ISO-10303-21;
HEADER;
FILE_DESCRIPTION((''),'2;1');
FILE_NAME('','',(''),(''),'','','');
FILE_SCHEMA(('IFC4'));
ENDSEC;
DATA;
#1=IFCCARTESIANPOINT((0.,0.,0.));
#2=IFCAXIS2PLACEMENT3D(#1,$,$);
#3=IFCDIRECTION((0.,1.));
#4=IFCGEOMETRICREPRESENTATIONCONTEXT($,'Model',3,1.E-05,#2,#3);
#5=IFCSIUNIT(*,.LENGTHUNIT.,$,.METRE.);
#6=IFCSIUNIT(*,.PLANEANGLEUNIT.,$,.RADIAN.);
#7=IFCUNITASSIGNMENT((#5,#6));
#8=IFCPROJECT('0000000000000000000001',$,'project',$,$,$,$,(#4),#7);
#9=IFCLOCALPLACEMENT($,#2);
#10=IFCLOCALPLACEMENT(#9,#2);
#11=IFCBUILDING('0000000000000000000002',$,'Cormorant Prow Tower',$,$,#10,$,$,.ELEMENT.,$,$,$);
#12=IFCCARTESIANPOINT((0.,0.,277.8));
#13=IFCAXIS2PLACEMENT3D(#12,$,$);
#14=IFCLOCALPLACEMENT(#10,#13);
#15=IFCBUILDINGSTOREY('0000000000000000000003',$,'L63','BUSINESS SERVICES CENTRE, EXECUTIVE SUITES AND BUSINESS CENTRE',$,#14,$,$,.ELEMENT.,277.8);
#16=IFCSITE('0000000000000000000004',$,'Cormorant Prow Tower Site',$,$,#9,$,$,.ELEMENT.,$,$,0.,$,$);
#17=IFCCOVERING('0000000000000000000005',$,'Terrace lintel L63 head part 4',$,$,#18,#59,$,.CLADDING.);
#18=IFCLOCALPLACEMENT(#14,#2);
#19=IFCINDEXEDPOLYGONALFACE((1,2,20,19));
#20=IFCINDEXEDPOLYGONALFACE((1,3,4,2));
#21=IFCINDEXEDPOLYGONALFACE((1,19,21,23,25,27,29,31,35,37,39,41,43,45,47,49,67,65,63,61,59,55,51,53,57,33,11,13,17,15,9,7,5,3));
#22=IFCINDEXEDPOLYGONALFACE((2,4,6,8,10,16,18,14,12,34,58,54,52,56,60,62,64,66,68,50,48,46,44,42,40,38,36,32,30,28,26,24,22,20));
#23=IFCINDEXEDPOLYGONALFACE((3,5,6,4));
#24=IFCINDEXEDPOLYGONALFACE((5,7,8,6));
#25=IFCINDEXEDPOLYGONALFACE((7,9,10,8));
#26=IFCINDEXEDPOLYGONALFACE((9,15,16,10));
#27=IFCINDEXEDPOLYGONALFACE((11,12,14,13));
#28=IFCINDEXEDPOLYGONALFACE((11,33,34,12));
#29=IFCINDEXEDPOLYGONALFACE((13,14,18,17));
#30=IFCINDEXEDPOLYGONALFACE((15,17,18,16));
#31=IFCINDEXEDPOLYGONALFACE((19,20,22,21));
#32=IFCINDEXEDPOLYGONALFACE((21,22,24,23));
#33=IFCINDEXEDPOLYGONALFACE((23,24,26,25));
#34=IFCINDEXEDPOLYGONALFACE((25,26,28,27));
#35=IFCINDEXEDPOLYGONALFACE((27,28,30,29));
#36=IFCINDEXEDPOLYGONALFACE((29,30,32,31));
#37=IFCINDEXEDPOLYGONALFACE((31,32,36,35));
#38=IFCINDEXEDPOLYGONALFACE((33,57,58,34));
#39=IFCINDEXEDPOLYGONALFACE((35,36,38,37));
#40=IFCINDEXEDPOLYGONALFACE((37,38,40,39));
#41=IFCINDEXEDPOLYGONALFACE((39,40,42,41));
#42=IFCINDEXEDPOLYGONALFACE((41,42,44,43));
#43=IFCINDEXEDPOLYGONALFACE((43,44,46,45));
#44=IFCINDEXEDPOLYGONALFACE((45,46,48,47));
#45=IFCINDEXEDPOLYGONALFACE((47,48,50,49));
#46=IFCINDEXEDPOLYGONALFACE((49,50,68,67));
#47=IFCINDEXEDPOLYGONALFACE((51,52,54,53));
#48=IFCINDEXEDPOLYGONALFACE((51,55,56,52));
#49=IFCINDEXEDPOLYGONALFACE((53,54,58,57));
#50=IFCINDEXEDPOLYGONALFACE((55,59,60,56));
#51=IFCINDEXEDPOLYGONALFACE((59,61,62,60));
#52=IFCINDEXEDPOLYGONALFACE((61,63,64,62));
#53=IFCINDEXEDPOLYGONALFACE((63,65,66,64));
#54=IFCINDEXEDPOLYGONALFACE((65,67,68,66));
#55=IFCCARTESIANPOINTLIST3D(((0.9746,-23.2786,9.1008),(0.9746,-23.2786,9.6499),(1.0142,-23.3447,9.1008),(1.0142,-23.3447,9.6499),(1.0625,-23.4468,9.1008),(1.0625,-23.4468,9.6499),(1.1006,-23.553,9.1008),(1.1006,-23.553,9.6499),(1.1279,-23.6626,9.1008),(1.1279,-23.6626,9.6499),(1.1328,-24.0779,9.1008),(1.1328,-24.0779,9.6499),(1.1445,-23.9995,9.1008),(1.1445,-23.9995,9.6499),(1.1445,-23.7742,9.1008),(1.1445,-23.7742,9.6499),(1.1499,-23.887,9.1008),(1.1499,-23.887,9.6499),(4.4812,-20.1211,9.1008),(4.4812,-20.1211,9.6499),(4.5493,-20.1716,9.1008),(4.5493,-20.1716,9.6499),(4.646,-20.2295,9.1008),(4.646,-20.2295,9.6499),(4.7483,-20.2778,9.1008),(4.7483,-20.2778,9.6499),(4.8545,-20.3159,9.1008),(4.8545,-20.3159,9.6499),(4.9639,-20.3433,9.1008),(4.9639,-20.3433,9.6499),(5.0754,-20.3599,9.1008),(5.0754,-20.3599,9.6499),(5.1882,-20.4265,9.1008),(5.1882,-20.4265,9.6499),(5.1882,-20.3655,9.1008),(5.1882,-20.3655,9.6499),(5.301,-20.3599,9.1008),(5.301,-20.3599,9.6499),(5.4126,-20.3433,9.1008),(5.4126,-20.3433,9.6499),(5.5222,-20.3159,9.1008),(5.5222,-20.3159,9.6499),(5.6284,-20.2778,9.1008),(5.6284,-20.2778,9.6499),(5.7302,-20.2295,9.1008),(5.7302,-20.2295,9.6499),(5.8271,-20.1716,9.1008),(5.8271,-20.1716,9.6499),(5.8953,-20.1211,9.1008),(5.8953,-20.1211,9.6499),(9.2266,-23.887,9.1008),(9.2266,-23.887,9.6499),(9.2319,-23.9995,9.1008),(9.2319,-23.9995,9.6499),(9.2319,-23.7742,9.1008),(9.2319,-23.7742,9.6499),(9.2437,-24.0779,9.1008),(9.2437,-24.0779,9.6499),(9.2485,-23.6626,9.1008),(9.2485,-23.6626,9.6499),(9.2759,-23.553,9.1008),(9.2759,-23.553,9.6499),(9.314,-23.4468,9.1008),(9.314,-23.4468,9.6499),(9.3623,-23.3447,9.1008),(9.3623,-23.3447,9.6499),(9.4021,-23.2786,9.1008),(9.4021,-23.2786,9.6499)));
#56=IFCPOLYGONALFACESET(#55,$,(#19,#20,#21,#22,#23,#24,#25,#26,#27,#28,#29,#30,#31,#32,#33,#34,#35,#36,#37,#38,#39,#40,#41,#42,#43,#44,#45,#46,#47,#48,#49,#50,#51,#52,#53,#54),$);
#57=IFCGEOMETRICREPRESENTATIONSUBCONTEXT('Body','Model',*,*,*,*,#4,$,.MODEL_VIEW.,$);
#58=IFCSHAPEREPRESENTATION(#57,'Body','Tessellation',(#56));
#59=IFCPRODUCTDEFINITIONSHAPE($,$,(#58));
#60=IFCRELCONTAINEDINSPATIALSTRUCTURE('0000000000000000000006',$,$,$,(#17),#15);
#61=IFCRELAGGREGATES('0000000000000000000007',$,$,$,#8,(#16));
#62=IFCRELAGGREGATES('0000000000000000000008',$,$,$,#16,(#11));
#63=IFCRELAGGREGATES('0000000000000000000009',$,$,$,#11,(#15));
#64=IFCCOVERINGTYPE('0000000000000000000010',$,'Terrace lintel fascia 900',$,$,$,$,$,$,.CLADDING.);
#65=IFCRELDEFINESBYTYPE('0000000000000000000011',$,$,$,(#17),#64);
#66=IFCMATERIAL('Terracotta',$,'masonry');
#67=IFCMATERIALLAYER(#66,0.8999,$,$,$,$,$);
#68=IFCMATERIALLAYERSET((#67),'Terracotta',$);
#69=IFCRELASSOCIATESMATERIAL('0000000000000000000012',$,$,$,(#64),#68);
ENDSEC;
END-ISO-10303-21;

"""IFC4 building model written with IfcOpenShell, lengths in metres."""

from ifc_helpers import new_model, si_unit, direction, frame, origin, place, context, subcontext, project, spatial, polyline, outline, extrude, material, layer, layer_set, type_object, element, save


model = new_model("IFC4")

# Units and contexts
model_context = context("Model", 3, precision=1e-05, world=origin(), true_north=direction((0.0, 1.0)))
body_context = subcontext(model_context, "Body", "Model", "MODEL_VIEW")
ifc_project = project(units=[si_unit("LENGTHUNIT", "METRE"), si_unit("PLANEANGLEUNIT", "RADIAN")], contexts=[model_context])

# Site, building, storey
site_placement = place(None, origin())
site = spatial("IfcSite", under=ifc_project, at=site_placement, Name="Cormorant Prow Tower Site", CompositionType="ELEMENT", RefElevation=0.0)
building_placement = place(site_placement, origin())
building = spatial("IfcBuilding", under=site, at=building_placement, Name="Cormorant Prow Tower", CompositionType="ELEMENT")
storey_placement = place(building_placement, frame((0.0, 0.0, 277.8)))
storey = spatial("IfcBuildingStorey", under=building, at=storey_placement, Name="L63", Description="BUSINESS SERVICES CENTRE, EXECUTIVE SUITES AND BUSINESS CENTRE", CompositionType="ELEMENT", Elevation=277.8)

# Covering
ifc_material_1 = material(Name="Terracotta", Category="masonry")
ifc_layer_1 = layer(ifc_material_1, 0.8999)
ifc_layer_set_1 = layer_set([ifc_layer_1], Name="Terracotta")
covering_type = type_object("IfcCoveringType", Name="Terrace lintel fascia 900", PredefinedType="CLADDING", material=ifc_layer_set_1)
covering_1_placement = place(storey_placement, frame((0.0, 0.0, 9.1008)))
element("IfcCovering", 1, at=covering_1_placement, inside=storey, type_object=covering_type, Name="Terrace lintel L63 head part 4", PredefinedType="CLADDING", context=body_context, shape_type="SweptSolid", body=[
    extrude(outline(polyline([(4.5493, -20.1716), (4.646, -20.2295), (4.7483, -20.2778), (4.8545, -20.3159), (4.9639, -20.3433), (5.0754, -20.3599), (5.1882, -20.3655), (5.301, -20.3599), (5.4126, -20.3433), (5.5222, -20.3159), (5.6284, -20.2778), (5.7302, -20.2295), (5.8271, -20.1716), (5.8953, -20.1211), (9.4021, -23.2786), (9.3623, -23.3447), (9.314, -23.4468), (9.2759, -23.553), (9.2485, -23.6626), (9.2319, -23.7742), (9.2266, -23.887), (9.2319, -23.9995), (9.2437, -24.0779), (5.1882, -20.4265), (1.1328, -24.0779), (1.1445, -23.9995), (1.1499, -23.887), (1.1445, -23.7742), (1.1279, -23.6626), (1.1006, -23.553), (1.0625, -23.4468), (1.0142, -23.3447), (0.9746, -23.2786), (4.4812, -20.1211), (4.5493, -20.1716)])), origin(), (0.0, 0.0, 1.0), 0.5491),
])

save(model, "model.ifc")
